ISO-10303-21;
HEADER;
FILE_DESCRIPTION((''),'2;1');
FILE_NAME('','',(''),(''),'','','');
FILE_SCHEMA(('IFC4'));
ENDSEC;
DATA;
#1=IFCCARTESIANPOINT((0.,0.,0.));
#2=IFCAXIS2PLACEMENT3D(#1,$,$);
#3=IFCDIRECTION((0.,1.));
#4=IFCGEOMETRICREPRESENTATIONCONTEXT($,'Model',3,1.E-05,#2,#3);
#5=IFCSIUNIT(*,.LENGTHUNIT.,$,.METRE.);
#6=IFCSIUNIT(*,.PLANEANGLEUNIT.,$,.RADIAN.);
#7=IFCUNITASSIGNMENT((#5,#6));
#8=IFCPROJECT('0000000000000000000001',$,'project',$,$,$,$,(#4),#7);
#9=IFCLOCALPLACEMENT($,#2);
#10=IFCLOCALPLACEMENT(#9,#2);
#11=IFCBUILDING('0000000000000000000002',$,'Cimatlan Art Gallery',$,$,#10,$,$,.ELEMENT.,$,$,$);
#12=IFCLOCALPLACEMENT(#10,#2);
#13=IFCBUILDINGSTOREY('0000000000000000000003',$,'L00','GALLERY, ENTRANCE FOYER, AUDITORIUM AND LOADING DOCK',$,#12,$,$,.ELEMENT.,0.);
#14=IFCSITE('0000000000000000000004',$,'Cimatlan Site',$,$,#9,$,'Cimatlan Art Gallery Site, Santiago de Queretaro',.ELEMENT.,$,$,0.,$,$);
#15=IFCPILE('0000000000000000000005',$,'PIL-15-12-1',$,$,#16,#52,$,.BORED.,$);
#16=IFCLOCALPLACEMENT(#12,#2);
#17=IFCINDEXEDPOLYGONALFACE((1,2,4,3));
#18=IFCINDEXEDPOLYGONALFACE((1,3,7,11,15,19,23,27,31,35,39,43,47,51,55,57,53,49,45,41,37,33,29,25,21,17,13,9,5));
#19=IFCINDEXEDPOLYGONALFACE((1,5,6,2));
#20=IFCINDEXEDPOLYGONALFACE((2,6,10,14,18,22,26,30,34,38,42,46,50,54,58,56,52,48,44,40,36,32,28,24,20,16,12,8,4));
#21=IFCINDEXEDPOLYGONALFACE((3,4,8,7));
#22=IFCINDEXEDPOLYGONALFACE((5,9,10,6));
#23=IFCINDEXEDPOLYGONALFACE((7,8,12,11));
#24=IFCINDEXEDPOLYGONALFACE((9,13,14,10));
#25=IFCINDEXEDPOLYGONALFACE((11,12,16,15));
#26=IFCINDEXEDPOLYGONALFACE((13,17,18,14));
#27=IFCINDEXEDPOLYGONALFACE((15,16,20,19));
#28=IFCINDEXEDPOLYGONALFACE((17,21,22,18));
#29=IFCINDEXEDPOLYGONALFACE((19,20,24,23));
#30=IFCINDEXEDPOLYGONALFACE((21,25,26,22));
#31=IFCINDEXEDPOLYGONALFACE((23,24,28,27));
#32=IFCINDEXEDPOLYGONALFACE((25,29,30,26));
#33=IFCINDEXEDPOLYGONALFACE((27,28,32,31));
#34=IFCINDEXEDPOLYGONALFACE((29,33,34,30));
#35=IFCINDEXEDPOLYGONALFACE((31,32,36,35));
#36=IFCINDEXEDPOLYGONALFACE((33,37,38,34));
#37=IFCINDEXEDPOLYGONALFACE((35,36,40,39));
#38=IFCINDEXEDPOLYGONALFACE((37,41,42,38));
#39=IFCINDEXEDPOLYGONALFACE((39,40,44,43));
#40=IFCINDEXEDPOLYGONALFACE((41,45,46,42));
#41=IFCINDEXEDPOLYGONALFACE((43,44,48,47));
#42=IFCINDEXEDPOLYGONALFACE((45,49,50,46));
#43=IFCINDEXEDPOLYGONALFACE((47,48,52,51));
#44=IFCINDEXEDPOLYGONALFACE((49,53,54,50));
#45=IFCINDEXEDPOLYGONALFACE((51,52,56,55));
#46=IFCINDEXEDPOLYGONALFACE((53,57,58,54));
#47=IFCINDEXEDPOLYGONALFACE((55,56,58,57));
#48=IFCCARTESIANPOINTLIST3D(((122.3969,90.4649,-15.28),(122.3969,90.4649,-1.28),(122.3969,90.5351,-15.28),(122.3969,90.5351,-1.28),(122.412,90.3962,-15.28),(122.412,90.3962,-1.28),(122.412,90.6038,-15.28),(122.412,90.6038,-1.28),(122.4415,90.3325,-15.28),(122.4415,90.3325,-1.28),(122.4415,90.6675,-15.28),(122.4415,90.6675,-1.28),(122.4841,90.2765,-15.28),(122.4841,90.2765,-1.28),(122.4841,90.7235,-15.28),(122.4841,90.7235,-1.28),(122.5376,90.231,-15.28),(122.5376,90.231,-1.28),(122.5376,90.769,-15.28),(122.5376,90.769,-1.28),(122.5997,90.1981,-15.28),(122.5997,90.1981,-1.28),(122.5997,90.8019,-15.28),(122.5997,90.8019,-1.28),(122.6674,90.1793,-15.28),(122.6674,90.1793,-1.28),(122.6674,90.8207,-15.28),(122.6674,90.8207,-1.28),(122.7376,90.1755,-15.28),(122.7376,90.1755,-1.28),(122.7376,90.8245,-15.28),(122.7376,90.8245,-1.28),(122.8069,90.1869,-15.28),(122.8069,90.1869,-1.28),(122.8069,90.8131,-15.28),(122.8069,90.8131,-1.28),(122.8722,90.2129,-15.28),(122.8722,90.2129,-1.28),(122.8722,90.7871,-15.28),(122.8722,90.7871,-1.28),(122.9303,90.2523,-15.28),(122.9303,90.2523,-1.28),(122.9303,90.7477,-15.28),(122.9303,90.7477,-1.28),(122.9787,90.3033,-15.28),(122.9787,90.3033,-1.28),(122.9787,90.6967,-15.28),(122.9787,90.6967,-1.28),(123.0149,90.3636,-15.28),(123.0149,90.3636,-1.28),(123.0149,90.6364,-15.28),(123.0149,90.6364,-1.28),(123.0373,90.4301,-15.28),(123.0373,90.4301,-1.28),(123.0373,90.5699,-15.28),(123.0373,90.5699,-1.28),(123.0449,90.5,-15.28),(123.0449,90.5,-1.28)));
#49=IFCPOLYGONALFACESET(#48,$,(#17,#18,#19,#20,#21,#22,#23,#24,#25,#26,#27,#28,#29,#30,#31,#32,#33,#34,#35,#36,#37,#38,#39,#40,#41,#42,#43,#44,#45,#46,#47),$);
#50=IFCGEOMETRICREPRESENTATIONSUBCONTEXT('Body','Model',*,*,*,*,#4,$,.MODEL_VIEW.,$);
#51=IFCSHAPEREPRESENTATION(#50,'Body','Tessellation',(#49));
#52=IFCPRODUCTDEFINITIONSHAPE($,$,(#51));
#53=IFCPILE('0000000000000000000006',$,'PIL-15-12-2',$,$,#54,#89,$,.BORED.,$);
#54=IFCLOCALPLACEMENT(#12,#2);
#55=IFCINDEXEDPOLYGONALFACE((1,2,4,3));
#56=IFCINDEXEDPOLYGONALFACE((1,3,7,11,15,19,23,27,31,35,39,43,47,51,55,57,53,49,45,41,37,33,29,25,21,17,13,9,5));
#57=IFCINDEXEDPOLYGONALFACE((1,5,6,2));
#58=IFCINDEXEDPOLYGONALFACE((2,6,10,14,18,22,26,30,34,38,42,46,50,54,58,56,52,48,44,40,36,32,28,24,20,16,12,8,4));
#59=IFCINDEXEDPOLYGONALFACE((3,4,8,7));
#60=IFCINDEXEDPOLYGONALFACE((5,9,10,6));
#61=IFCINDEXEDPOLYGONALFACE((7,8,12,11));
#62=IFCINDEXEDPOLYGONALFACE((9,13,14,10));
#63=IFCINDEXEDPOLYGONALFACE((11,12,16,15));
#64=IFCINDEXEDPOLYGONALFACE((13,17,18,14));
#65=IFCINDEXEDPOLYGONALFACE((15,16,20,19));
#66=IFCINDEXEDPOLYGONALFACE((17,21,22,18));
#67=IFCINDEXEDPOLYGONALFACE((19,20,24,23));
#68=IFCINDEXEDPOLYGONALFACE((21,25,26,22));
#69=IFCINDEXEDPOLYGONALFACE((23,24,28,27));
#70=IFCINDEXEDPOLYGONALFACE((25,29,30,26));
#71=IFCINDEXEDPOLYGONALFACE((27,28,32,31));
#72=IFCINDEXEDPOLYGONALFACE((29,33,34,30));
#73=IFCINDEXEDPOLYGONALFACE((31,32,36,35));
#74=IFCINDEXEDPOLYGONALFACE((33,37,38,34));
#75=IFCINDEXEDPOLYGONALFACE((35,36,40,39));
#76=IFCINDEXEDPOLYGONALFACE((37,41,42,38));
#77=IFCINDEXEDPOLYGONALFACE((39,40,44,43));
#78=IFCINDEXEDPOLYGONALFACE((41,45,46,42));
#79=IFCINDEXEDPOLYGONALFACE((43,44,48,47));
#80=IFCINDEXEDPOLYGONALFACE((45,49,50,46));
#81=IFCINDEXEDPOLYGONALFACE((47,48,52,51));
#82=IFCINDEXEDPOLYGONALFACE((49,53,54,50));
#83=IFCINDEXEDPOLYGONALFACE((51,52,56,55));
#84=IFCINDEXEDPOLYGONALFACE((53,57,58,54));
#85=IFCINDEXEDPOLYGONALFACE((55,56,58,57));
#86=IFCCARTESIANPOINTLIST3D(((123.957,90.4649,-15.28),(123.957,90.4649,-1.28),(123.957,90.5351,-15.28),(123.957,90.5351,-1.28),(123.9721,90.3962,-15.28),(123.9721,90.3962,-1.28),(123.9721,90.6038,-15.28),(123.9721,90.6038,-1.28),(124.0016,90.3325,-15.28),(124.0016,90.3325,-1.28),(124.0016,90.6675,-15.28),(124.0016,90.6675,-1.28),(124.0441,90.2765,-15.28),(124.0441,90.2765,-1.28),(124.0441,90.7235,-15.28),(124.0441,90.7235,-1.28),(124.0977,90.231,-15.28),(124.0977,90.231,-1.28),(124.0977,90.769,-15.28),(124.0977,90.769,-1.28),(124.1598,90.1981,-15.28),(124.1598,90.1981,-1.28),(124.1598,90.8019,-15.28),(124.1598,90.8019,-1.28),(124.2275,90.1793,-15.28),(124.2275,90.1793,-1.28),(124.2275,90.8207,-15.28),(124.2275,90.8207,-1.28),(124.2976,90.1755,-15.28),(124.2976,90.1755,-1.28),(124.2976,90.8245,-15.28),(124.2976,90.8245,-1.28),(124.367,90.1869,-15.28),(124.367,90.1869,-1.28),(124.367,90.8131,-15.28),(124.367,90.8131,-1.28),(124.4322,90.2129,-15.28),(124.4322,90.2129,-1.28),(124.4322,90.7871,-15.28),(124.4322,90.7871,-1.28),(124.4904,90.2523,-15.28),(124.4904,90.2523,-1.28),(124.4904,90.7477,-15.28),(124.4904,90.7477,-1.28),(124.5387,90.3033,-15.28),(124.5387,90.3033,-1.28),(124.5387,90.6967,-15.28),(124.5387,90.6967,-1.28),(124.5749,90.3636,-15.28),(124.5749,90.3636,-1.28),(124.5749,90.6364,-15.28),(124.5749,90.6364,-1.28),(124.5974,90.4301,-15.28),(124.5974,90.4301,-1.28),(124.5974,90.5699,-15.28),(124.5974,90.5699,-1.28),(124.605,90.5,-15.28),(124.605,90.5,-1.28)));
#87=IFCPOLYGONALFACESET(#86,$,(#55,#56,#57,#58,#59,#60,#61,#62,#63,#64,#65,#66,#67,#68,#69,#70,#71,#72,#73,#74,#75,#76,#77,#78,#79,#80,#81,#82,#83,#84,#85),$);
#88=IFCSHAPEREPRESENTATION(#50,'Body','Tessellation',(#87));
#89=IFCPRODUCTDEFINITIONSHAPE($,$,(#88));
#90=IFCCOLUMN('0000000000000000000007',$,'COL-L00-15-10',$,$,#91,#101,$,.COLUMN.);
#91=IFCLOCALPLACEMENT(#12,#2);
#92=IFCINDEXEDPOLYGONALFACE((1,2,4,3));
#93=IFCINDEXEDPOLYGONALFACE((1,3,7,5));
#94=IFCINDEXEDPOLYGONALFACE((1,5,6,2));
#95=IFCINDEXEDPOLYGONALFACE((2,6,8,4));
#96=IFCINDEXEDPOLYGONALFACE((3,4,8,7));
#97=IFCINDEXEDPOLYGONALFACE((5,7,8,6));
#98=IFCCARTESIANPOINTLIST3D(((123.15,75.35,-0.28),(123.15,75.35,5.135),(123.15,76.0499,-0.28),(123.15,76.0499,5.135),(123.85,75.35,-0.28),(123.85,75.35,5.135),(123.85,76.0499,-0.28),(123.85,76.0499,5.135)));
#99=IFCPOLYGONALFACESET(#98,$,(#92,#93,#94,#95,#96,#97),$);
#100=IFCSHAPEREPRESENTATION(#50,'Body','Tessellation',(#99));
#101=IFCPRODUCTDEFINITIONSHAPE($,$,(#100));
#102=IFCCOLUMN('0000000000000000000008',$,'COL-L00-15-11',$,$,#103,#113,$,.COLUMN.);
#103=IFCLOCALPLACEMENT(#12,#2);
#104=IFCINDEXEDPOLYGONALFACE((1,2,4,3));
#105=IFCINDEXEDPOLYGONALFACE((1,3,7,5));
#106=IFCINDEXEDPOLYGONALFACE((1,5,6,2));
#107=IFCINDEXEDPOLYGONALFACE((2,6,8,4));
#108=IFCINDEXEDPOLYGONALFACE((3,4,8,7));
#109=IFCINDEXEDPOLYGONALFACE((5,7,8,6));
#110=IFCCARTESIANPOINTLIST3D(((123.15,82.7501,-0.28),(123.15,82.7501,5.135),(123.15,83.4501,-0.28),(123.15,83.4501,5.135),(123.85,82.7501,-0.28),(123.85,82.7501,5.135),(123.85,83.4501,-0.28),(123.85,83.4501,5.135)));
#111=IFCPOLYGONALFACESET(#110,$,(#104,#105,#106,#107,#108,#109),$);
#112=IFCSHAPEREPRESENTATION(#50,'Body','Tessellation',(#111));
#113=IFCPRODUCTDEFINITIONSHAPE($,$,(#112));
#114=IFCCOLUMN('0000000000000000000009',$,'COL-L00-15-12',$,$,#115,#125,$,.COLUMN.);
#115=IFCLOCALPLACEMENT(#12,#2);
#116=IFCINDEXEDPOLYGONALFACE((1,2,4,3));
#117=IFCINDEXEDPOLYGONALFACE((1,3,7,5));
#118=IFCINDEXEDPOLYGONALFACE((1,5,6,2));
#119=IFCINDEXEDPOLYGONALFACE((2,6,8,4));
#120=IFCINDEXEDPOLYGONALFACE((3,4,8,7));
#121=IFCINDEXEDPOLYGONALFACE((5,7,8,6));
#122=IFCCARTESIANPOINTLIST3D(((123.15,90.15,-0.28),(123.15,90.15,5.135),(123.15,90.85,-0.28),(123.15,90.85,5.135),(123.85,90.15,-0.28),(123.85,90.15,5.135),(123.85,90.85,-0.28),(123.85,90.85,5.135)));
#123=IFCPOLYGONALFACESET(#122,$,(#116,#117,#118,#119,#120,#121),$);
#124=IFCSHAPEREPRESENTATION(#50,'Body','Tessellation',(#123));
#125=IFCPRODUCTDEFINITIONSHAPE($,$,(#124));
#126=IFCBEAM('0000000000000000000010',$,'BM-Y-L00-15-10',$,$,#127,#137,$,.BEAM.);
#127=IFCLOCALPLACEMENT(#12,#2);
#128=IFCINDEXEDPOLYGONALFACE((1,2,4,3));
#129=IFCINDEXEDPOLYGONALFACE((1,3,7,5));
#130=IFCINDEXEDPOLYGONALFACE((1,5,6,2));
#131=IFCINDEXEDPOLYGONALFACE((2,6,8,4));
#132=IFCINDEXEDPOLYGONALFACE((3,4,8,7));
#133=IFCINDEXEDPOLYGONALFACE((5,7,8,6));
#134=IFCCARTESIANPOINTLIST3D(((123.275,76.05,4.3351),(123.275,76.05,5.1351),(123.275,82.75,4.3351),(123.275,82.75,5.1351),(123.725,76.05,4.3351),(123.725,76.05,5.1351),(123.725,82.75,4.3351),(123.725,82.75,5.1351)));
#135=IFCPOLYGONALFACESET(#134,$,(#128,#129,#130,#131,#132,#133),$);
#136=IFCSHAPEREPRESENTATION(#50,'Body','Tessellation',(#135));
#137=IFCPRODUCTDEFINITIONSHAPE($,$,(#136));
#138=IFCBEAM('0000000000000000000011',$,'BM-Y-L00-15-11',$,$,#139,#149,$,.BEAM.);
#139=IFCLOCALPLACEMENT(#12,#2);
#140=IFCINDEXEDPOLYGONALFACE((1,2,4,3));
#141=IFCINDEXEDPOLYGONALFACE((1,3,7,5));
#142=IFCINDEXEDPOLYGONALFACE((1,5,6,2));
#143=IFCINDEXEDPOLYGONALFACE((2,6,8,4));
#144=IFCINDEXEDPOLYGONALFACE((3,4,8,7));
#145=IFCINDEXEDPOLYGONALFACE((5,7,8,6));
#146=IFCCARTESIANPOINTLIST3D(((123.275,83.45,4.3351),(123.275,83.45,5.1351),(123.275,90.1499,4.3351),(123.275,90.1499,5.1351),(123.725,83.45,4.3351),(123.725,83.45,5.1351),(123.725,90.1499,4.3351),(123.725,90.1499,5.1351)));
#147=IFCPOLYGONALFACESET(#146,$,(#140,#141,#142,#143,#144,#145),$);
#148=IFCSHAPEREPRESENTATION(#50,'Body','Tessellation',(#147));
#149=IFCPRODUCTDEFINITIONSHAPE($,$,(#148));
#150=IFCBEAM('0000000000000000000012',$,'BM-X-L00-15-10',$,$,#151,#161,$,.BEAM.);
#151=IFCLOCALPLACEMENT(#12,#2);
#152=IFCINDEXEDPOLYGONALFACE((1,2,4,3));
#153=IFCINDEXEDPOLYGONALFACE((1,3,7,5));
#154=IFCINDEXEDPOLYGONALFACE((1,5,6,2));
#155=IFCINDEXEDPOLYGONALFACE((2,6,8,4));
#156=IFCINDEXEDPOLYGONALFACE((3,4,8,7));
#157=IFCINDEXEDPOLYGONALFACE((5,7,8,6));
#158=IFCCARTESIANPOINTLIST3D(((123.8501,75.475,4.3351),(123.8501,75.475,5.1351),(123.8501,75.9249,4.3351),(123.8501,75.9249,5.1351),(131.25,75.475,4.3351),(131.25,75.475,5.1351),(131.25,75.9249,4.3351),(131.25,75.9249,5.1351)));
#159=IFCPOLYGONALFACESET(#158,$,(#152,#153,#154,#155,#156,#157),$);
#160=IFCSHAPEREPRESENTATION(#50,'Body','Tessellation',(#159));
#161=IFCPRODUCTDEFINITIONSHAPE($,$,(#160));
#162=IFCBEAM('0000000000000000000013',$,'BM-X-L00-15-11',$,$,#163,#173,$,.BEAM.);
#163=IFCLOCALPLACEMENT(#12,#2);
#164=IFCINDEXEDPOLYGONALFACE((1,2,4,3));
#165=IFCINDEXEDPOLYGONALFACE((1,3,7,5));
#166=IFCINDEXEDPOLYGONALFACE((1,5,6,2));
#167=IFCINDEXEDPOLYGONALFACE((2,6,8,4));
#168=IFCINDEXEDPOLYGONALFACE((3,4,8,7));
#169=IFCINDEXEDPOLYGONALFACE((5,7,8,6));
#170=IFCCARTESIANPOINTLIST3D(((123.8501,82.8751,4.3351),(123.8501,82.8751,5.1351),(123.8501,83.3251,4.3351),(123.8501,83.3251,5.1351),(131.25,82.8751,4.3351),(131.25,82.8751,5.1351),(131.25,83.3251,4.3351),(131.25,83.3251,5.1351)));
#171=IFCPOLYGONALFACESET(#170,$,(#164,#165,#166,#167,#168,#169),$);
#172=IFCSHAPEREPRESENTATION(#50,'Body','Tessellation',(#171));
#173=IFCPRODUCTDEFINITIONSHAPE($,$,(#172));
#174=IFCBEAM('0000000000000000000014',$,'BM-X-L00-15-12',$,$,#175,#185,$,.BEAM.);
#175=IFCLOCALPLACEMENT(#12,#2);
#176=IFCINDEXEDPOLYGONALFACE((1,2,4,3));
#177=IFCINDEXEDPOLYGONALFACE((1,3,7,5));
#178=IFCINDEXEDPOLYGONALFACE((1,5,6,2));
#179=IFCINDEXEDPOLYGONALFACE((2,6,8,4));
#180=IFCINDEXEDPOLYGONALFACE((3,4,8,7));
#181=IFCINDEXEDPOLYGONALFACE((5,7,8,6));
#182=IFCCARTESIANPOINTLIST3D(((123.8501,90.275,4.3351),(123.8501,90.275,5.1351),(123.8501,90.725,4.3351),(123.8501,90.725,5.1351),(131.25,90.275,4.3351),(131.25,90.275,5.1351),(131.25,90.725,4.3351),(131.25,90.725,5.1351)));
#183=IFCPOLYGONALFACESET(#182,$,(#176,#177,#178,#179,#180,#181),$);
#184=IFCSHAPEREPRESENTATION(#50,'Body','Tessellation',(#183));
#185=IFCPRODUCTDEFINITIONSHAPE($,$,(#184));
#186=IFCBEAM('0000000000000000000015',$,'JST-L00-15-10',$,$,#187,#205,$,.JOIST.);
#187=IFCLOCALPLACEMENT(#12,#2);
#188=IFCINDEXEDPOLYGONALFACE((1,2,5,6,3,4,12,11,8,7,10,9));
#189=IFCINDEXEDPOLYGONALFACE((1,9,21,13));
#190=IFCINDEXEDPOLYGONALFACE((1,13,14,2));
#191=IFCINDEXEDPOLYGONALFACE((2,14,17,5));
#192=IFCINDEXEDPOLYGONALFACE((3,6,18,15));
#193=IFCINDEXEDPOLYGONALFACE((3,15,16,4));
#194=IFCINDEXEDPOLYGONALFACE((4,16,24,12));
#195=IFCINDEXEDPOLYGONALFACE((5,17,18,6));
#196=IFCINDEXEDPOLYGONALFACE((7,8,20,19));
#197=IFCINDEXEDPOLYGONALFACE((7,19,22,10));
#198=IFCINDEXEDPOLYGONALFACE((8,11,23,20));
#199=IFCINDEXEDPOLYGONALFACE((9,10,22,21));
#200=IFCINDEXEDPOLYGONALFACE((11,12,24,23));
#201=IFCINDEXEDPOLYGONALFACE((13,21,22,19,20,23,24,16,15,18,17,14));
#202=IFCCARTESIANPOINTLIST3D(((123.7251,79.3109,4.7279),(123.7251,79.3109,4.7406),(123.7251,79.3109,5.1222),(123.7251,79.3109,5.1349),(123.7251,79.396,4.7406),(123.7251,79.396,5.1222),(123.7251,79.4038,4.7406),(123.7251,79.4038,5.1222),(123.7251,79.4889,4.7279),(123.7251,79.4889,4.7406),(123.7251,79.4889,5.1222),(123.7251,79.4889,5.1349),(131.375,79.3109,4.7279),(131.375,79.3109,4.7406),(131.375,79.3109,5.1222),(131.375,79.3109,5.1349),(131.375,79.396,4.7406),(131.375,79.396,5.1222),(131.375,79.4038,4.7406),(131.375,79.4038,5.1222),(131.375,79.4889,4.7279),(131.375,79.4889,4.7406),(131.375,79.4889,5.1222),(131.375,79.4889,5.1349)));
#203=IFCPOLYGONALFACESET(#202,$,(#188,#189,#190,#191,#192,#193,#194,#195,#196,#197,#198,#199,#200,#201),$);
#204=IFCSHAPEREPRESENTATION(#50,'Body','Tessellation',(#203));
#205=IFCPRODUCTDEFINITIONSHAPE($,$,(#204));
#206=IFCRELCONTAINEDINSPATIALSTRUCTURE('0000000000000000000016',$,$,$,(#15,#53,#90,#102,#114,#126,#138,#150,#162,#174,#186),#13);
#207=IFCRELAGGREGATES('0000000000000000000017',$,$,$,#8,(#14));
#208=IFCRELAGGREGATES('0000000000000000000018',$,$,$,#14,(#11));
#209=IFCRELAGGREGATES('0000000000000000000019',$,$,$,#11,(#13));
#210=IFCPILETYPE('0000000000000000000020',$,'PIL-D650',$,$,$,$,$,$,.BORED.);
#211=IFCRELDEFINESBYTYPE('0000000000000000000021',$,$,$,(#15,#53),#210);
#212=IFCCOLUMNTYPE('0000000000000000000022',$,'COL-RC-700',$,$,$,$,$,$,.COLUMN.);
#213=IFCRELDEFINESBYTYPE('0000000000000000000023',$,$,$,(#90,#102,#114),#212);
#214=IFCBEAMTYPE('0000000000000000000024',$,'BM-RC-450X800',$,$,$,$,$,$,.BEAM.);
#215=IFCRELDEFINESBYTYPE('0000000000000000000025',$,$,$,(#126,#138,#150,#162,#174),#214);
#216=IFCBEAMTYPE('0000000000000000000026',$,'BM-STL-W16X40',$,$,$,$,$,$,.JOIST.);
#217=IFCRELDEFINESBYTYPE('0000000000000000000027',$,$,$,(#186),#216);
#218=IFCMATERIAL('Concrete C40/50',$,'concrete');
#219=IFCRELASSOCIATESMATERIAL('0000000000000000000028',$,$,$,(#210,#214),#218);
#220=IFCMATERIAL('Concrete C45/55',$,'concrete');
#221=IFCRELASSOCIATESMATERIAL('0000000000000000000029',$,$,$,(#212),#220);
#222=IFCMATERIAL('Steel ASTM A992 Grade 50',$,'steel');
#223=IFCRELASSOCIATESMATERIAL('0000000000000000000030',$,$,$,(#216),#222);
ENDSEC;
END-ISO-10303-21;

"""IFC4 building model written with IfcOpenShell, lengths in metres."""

from ifc_helpers import new_model, si_unit, direction, frame, origin, origin_2d, place, context, subcontext, project, spatial, rectangle, circle, i_section, extrude, material, material_profile, profile_set, type_object, element, save


model = new_model("IFC4")

# Units and contexts
model_context = context("Model", 3, precision=1e-05, world=origin(), true_north=direction((0.0, 1.0)))
body_context = subcontext(model_context, "Body", "Model", "MODEL_VIEW")
ifc_project = project(units=[si_unit("LENGTHUNIT", "METRE"), si_unit("PLANEANGLEUNIT", "RADIAN")], contexts=[model_context])

# Site, building, storey
site_placement = place(None, origin())
site = spatial("IfcSite", under=ifc_project, at=site_placement, Name="Cimatlan Site", LongName="Cimatlan Art Gallery Site, Santiago de Queretaro", CompositionType="ELEMENT", RefElevation=0.0)
building_placement = place(site_placement, origin())
building = spatial("IfcBuilding", under=site, at=building_placement, Name="Cimatlan Art Gallery", CompositionType="ELEMENT")
storey_placement = place(building_placement, origin())
storey = spatial("IfcBuildingStorey", under=building, at=storey_placement, Name="L00", Description="GALLERY, ENTRANCE FOYER, AUDITORIUM AND LOADING DOCK", CompositionType="ELEMENT", Elevation=0.0)

# Shared definitions
ifc_material_1 = material(Name="Concrete C40/50", Category="concrete")

# Piles
pile_type = type_object("IfcPileType", Name="PIL-D650", PredefinedType="BORED", material=ifc_material_1)
for number, where, z_axis, x_axis, name in (
    (1, (122.72, 90.5, -1.28), (0.0, 0.0, -1.0), (1.0, 0.0, 0.0), "PIL-15-12-1"),
    (2, (124.28, 90.5, -1.28), (0.0, 0.0, -1.0), (1.0, 0.0, 0.0), "PIL-15-12-2"),
):
    element("IfcPile", number, at=place(storey_placement, frame(where, z_axis=z_axis, x_axis=x_axis)), inside=storey, type_object=pile_type, Name=name, PredefinedType="BORED", context=body_context, shape_type="SweptSolid", body=[
        extrude(circle(Radius=0.325, at=origin_2d()), origin(), (0.0, 0.0, 1.0), 14.0),
    ])

# Columns
ifc_material_2 = material(Name="Concrete C45/55", Category="concrete")
ifc_material_profile_1 = material_profile(ifc_material_2, rectangle(XDim=0.7, YDim=0.7, at=origin_2d()), Name="RC700X700")
ifc_profile_set_1 = profile_set([ifc_material_profile_1], Name="Concrete C45/55")
column_type = type_object("IfcColumnType", Name="COL-RC-700", PredefinedType="COLUMN", material=ifc_profile_set_1)
for number, where, z_axis, x_axis, name in (
    (3, (123.5, 75.7, -0.28), (0.0, 0.0, 1.0), (1.0, 0.0, 0.0), "COL-L00-15-10"),
    (4, (123.5, 83.1001, -0.28), (0.0, 0.0, 1.0), (1.0, 0.0, 0.0), "COL-L00-15-11"),
    (5, (123.5, 90.5, -0.28), (0.0, 0.0, 1.0), (1.0, 0.0, 0.0), "COL-L00-15-12"),
):
    element("IfcColumn", number, at=place(storey_placement, frame(where, z_axis=z_axis, x_axis=x_axis)), inside=storey, type_object=column_type, Name=name, PredefinedType="COLUMN", context=body_context, shape_type="SweptSolid", body=[
        extrude(rectangle(XDim=0.7, YDim=0.7, at=origin_2d()), origin(), (0.0, 0.0, 1.0), 5.415),
    ])

# Beams
ifc_material_profile_2 = material_profile(ifc_material_1, rectangle(XDim=0.45, YDim=0.8, at=origin_2d()), Name="RC450X800")
ifc_profile_set_2 = profile_set([ifc_material_profile_2], Name="Concrete C40/50")
beam_type_1 = type_object("IfcBeamType", Name="BM-RC-450X800", PredefinedType="BEAM", material=ifc_profile_set_2)
for number, where, z_axis, x_axis, name in (
    (6, (123.5, 76.05, 4.7351), (0.0, 1.0, 0.0), (-1.0, 0.0, 0.0), "BM-Y-L00-15-10"),
    (7, (123.5, 83.45, 4.7351), (0.0, 1.0, 0.0), (-1.0, 0.0, 0.0), "BM-Y-L00-15-11"),
):
    element("IfcBeam", number, at=place(storey_placement, frame(where, z_axis=z_axis, x_axis=x_axis)), inside=storey, type_object=beam_type_1, Name=name, PredefinedType="BEAM", context=body_context, shape_type="SweptSolid", body=[
        extrude(rectangle(XDim=0.45, YDim=0.8, at=origin_2d()), origin(), (0.0, 0.0, 1.0), 6.7),
    ])
for number, where, z_axis, x_axis, name in (
    (8, (123.8501, 75.7, 4.7351), (1.0, 0.0, 0.0), (0.0, 1.0, 0.0), "BM-X-L00-15-10"),
    (9, (123.8501, 83.1001, 4.7351), (1.0, 0.0, 0.0), (0.0, 1.0, 0.0), "BM-X-L00-15-11"),
    (10, (123.8501, 90.5, 4.7351), (1.0, 0.0, 0.0), (0.0, 1.0, 0.0), "BM-X-L00-15-12"),
):
    element("IfcBeam", number, at=place(storey_placement, frame(where, z_axis=z_axis, x_axis=x_axis)), inside=storey, type_object=beam_type_1, Name=name, PredefinedType="BEAM", context=body_context, shape_type="SweptSolid", body=[
        extrude(rectangle(XDim=0.45, YDim=0.8, at=origin_2d()), origin(), (0.0, 0.0, 1.0), 7.3999),
    ])
ifc_material_3 = material(Name="Steel ASTM A992 Grade 50", Category="steel")
ifc_material_profile_3 = material_profile(ifc_material_3, i_section(OverallWidth=0.178, OverallDepth=0.407, WebThickness=0.0078, FlangeThickness=0.0127, at=origin_2d()), Name="W16X40")
ifc_profile_set_3 = profile_set([ifc_material_profile_3], Name="Steel ASTM A992 Grade 50")
beam_type_2 = type_object("IfcBeamType", Name="BM-STL-W16X40", PredefinedType="JOIST", material=ifc_profile_set_3)
for number, where, z_axis, x_axis, name in (
    (11, (123.7251, 79.3999, 4.9314), (1.0, 0.0, 0.0), (0.0, 1.0, 0.0), "JST-L00-15-10"),
):
    element("IfcBeam", number, at=place(storey_placement, frame(where, z_axis=z_axis, x_axis=x_axis)), inside=storey, type_object=beam_type_2, Name=name, PredefinedType="JOIST", context=body_context, shape_type="SweptSolid", body=[
        extrude(i_section(OverallWidth=0.178, OverallDepth=0.407, WebThickness=0.0078, FlangeThickness=0.0127, at=origin_2d()), origin(), (0.0, 0.0, 1.0), 7.6499),
    ])

save(model, "model.ifc")
